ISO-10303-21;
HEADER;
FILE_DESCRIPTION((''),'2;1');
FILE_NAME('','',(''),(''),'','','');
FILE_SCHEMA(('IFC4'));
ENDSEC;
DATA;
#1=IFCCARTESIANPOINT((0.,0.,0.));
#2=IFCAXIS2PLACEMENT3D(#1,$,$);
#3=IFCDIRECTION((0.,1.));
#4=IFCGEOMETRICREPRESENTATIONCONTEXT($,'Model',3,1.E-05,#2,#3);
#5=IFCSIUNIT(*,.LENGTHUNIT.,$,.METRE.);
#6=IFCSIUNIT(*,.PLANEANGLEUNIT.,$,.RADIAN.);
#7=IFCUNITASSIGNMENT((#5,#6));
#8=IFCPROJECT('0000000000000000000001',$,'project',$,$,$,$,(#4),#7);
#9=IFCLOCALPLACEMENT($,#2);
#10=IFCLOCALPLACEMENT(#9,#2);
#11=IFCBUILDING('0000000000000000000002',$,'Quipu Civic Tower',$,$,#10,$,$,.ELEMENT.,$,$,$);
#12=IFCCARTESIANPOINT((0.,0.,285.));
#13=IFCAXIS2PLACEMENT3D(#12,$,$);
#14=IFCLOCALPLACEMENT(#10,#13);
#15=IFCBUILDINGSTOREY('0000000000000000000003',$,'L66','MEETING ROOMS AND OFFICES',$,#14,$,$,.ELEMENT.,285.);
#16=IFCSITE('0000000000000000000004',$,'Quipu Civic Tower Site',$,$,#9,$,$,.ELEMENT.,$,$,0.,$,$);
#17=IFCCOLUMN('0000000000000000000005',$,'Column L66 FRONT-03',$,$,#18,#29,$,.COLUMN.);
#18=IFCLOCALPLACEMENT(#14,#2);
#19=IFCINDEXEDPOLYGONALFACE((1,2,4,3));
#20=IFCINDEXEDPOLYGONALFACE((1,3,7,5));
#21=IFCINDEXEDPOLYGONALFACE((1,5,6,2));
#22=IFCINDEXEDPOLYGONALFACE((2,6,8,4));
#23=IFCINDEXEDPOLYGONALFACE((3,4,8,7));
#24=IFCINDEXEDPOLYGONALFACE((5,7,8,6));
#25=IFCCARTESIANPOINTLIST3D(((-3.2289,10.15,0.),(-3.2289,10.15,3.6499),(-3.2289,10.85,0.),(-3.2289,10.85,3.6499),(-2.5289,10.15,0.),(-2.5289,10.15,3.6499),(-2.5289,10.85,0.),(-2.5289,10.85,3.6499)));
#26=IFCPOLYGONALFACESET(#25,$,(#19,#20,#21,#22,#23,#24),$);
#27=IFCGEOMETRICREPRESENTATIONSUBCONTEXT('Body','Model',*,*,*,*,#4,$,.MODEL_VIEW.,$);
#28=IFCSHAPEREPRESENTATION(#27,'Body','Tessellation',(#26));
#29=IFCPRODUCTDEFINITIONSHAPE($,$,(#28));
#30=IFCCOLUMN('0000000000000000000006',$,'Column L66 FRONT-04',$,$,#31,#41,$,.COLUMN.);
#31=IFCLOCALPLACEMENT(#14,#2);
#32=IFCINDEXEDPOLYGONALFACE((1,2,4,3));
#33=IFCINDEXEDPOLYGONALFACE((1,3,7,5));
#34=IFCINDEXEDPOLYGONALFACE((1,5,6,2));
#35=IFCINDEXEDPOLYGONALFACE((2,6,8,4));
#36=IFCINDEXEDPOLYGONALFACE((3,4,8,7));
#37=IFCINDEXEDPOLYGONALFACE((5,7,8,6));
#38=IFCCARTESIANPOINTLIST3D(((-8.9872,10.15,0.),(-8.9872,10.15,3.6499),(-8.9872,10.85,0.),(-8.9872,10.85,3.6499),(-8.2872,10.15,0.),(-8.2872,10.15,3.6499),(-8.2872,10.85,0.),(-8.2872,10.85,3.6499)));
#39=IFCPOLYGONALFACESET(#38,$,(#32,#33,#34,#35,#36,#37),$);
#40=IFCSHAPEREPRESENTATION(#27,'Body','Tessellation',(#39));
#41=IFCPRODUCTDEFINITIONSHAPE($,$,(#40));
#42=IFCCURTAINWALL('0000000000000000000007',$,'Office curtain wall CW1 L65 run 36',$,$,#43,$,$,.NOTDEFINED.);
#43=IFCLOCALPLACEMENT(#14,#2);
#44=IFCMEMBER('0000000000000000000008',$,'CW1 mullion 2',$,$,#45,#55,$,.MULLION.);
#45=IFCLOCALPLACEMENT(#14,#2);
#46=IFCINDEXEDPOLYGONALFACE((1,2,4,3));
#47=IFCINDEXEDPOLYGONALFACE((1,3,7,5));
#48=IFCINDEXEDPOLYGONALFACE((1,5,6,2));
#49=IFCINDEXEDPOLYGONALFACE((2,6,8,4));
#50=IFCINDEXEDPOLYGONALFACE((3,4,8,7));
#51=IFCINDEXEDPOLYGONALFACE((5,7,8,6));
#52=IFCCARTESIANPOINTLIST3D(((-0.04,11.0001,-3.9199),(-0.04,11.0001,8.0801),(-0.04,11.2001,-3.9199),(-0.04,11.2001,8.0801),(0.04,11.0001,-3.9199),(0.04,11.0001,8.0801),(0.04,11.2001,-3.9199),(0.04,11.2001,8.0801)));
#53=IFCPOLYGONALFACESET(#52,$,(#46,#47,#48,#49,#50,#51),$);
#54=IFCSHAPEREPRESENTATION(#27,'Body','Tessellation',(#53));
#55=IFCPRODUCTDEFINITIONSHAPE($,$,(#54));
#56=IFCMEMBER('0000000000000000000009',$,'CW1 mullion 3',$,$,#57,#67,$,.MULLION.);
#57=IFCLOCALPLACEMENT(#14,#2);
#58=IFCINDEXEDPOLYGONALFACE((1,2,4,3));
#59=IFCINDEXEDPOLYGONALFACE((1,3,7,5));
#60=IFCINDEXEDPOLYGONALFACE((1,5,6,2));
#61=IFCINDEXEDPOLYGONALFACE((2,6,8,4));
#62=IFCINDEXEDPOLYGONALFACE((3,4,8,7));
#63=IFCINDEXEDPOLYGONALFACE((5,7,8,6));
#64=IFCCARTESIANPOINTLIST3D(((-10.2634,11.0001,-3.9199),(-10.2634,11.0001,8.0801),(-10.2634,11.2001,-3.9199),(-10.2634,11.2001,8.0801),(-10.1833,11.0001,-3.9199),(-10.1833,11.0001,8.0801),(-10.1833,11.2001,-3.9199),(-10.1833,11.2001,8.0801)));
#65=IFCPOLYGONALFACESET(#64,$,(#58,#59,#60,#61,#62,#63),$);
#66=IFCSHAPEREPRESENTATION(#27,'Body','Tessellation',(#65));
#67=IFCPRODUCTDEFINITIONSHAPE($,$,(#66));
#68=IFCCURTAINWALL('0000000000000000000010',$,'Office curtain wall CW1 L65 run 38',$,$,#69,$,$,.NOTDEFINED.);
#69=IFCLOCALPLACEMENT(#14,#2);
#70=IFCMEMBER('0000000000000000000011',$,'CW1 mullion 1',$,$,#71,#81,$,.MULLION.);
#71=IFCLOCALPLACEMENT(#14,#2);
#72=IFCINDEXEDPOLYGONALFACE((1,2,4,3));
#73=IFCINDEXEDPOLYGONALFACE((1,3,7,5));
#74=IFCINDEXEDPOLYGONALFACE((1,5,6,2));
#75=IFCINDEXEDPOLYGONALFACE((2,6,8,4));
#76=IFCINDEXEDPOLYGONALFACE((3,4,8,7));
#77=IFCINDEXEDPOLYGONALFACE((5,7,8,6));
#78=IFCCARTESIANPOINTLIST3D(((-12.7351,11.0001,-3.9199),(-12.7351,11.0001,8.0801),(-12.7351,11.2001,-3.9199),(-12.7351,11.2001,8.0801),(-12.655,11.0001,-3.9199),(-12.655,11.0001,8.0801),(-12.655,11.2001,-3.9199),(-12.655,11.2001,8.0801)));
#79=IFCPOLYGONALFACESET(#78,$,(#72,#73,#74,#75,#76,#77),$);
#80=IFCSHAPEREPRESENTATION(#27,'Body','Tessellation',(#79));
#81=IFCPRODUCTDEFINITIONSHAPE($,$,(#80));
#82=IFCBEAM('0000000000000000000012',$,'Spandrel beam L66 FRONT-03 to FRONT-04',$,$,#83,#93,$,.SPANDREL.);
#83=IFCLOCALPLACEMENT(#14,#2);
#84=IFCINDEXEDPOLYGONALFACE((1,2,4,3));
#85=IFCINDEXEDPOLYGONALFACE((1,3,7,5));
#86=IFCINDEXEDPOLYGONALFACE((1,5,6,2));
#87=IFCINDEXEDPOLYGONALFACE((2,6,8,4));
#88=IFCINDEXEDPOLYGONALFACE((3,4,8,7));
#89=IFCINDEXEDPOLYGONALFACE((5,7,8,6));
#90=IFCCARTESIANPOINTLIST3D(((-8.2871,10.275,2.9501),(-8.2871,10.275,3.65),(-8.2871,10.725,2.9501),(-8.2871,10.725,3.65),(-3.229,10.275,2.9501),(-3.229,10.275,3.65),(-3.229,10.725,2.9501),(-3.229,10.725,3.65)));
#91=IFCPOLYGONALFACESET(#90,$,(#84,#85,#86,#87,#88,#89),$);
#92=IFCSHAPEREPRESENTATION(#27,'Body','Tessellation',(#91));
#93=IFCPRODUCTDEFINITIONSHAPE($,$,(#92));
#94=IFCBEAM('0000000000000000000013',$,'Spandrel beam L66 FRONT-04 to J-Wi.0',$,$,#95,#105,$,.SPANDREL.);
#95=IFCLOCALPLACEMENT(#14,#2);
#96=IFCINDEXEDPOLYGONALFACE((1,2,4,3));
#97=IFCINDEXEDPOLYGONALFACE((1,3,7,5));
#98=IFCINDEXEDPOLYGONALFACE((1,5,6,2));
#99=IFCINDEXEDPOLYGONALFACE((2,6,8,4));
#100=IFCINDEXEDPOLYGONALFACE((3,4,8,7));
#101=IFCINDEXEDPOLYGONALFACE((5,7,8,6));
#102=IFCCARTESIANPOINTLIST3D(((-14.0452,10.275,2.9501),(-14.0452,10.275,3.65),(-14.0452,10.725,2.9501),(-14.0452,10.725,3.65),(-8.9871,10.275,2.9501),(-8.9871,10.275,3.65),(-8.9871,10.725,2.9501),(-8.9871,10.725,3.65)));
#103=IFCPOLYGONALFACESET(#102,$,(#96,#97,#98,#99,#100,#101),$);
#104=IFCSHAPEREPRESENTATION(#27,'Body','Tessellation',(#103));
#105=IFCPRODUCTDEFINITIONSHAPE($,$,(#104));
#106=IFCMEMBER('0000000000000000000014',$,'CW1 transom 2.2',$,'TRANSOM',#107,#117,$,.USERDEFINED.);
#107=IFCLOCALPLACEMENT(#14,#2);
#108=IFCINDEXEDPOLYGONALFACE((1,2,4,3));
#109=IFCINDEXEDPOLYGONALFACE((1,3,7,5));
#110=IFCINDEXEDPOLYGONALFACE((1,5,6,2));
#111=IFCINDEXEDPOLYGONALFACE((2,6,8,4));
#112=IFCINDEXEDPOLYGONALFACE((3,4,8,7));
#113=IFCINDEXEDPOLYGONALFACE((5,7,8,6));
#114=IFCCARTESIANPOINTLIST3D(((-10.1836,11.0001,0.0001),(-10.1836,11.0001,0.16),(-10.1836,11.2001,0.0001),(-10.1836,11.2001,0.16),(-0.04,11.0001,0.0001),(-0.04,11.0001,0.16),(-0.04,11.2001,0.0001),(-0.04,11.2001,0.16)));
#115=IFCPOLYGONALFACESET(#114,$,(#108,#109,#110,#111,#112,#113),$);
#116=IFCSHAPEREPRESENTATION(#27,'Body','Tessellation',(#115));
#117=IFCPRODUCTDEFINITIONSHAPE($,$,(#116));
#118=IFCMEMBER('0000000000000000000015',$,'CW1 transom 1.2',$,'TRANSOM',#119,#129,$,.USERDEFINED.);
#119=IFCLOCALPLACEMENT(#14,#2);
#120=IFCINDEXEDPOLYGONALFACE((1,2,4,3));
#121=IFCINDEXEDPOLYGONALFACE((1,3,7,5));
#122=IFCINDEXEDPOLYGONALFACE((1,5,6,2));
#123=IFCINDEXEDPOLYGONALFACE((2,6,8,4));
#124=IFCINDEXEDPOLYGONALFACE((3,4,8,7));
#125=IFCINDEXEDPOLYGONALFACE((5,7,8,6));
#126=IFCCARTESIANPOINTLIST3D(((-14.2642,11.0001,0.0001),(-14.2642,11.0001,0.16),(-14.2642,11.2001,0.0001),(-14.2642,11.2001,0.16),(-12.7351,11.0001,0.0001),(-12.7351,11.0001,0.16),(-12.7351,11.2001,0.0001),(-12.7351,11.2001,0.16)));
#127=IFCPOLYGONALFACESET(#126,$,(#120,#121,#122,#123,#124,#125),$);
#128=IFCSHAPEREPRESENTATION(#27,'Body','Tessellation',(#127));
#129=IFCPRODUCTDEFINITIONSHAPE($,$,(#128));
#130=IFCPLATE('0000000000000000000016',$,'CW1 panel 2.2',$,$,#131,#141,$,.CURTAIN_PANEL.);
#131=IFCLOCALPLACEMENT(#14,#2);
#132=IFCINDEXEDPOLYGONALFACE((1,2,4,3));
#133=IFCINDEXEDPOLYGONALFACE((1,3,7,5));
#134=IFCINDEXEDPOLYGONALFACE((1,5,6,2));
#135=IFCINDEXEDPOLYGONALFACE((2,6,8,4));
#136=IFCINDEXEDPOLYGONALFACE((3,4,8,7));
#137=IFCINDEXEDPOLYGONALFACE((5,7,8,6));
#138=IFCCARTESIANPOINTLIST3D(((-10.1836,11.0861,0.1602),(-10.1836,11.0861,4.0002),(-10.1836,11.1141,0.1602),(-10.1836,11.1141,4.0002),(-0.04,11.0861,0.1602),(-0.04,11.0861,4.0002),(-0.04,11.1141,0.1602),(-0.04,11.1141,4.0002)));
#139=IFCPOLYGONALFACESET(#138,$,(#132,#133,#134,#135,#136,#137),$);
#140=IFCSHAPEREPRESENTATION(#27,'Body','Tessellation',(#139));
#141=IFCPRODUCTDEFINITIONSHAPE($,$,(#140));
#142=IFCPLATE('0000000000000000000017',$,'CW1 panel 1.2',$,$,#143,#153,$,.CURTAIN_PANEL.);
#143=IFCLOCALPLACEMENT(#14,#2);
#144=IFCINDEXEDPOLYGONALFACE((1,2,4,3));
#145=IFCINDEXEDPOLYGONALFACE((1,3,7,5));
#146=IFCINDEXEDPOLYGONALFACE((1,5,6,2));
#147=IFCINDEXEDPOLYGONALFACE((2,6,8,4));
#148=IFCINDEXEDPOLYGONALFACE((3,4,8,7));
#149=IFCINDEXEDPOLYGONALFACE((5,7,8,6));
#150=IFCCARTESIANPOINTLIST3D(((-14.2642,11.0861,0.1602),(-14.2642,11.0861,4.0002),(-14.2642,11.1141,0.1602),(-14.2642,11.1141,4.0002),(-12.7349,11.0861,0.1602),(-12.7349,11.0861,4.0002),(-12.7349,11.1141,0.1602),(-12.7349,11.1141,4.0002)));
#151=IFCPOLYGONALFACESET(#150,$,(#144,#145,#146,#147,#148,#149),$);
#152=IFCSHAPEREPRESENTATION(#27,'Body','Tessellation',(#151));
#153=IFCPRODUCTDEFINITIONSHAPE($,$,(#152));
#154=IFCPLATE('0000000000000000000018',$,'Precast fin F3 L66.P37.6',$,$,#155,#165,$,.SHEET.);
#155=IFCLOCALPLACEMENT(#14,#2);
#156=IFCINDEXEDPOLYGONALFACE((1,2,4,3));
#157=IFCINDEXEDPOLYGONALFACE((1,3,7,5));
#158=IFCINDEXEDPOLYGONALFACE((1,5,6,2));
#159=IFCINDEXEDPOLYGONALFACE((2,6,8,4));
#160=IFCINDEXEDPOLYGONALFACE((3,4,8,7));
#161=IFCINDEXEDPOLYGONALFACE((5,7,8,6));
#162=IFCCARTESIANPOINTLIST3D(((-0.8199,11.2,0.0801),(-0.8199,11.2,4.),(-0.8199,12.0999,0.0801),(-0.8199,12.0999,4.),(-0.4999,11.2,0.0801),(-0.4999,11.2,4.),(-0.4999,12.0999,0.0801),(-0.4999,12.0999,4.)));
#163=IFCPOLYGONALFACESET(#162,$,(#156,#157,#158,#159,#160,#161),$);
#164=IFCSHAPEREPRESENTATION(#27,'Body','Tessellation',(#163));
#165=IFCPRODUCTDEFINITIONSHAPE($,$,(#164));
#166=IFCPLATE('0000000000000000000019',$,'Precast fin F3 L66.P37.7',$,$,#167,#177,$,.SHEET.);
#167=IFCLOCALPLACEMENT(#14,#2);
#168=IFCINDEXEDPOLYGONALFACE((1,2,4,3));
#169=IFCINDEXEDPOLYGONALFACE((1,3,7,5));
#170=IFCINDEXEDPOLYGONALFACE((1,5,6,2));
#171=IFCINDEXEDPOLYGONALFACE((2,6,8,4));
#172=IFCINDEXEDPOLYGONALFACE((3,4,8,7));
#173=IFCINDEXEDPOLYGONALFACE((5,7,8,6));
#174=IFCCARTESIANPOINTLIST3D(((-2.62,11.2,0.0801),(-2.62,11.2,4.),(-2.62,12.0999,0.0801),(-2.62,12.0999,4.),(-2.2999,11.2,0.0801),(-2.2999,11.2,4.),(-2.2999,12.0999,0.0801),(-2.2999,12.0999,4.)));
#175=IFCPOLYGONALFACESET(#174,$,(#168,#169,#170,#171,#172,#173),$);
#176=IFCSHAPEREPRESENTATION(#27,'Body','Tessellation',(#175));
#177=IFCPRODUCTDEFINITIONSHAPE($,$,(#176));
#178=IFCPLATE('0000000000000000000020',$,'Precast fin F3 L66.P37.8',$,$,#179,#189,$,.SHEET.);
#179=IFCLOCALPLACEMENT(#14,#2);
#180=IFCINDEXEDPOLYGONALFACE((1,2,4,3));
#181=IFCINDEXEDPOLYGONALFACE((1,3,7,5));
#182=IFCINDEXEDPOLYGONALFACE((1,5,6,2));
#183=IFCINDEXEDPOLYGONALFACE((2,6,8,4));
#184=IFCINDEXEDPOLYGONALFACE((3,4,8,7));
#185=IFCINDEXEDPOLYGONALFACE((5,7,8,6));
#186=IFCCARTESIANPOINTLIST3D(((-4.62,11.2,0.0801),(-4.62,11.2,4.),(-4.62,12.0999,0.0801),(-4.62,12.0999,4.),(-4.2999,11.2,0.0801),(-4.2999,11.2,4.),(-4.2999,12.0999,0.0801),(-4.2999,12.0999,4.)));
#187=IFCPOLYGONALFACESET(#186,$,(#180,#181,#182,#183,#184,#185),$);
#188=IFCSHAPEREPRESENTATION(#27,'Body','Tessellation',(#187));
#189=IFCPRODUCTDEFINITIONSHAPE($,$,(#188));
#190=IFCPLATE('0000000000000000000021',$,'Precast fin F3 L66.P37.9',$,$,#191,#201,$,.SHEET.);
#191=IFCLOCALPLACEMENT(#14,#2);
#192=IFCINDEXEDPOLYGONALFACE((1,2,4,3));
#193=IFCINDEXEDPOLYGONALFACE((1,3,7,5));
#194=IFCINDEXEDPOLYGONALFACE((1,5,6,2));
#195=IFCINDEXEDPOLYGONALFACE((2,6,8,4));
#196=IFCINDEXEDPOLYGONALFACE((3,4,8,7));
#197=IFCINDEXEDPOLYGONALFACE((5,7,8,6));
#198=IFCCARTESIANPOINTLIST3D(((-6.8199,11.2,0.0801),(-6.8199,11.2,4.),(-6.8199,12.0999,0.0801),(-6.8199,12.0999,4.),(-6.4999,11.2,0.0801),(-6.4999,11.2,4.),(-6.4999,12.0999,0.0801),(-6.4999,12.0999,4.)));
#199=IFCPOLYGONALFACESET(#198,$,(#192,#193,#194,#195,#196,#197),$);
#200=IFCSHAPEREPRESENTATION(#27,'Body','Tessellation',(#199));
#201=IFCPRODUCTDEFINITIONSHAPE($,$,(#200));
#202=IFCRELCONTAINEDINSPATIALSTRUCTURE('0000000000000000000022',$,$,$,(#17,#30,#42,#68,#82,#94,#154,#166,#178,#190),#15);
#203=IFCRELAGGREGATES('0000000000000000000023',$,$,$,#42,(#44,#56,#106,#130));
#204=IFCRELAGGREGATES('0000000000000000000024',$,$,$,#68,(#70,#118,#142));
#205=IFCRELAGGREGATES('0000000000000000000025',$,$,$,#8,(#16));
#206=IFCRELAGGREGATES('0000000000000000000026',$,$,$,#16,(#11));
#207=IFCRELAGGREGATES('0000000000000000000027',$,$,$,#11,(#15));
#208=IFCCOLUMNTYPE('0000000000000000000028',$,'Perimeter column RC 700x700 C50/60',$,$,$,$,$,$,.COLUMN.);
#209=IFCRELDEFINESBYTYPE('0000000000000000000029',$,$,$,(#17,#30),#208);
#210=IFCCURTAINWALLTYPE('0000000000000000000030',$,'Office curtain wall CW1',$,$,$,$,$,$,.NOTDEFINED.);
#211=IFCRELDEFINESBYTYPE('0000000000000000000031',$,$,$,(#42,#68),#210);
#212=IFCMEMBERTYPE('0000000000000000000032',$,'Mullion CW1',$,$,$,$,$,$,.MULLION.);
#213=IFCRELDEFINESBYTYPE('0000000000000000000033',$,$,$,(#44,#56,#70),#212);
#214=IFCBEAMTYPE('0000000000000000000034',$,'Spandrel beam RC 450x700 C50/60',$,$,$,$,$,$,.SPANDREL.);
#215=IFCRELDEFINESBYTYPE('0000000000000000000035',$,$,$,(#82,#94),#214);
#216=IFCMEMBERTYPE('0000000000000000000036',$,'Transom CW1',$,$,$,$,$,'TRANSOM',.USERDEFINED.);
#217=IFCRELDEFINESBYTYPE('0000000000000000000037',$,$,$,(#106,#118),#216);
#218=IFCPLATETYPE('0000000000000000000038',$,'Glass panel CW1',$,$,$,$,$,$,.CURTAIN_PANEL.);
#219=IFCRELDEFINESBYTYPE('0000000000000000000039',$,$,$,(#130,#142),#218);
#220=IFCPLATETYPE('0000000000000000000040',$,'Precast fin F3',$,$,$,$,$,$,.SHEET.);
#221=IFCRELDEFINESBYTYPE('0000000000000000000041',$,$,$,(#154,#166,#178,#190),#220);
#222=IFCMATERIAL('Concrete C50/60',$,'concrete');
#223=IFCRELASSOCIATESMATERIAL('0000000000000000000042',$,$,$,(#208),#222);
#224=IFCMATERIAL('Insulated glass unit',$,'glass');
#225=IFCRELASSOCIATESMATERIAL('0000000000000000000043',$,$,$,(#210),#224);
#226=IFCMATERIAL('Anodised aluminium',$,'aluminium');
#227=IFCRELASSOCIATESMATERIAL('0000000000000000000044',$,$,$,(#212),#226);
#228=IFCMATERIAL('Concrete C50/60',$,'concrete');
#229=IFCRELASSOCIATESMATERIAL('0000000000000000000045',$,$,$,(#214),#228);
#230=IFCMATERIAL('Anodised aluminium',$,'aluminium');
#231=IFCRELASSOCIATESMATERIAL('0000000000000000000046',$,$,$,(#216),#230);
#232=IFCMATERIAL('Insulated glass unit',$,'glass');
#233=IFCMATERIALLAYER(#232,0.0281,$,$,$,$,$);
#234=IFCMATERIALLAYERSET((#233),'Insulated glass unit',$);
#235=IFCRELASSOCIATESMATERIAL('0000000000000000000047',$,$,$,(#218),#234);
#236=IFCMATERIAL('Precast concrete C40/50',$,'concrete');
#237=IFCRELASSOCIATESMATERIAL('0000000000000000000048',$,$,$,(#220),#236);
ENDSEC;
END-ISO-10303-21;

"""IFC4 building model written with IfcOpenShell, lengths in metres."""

from ifc_helpers import new_model, si_unit, direction, frame, origin, origin_2d, place, context, subcontext, project, spatial, rectangle, extrude, material, layer, layer_set, material_profile, profile_set, type_object, element, aggregate, save


model = new_model("IFC4")

# Units and contexts
model_context = context("Model", 3, precision=1e-05, world=origin(), true_north=direction((0.0, 1.0)))
body_context = subcontext(model_context, "Body", "Model", "MODEL_VIEW")
ifc_project = project(units=[si_unit("LENGTHUNIT", "METRE"), si_unit("PLANEANGLEUNIT", "RADIAN")], contexts=[model_context])

# Site, building, storey
site_placement = place(None, origin())
site = spatial("IfcSite", under=ifc_project, at=site_placement, Name="Quipu Civic Tower Site", CompositionType="ELEMENT", RefElevation=0.0)
building_placement = place(site_placement, origin())
building = spatial("IfcBuilding", under=site, at=building_placement, Name="Quipu Civic Tower", CompositionType="ELEMENT")
storey_placement = place(building_placement, frame((0.0, 0.0, 285.0)))
storey = spatial("IfcBuildingStorey", under=building, at=storey_placement, Name="L66", Description="MEETING ROOMS AND OFFICES", CompositionType="ELEMENT", Elevation=285.0)

# Columns
ifc_material_1 = material(Name="Concrete C50/60", Category="concrete")
ifc_material_profile_1 = material_profile(ifc_material_1, rectangle(XDim=0.7, YDim=0.7, at=origin_2d()), Name="RC700x700")
ifc_profile_set_1 = profile_set([ifc_material_profile_1], Name="Concrete C50/60")
column_type = type_object("IfcColumnType", Name="Perimeter column RC 700x700 C50/60", PredefinedType="COLUMN", material=ifc_profile_set_1)
for number, where, z_axis, x_axis, name in (
    (1, (-2.8789, 10.5, 0.0), (0.0, 0.0, 1.0), (-1.0, 0.0, 0.0), "Column L66 FRONT-03"),
    (2, (-8.6372, 10.5, 0.0), (0.0, 0.0, 1.0), (-1.0, 0.0, 0.0), "Column L66 FRONT-04"),
):
    element("IfcColumn", number, at=place(storey_placement, frame(where, z_axis=z_axis, x_axis=x_axis)), inside=storey, type_object=column_type, Name=name, PredefinedType="COLUMN", context=body_context, shape_type="SweptSolid", body=[
        extrude(rectangle(XDim=0.7, YDim=0.7, at=origin_2d()), origin(), (0.0, 0.0, 1.0), 3.6499),
    ])

# Curtain wall, members
ifc_material_2 = material(Name="Insulated glass unit", Category="glass")
curtain_wall_type = type_object("IfcCurtainWallType", Name="Office curtain wall CW1", PredefinedType="NOTDEFINED", material=ifc_material_2)
curtain_wall_1_placement = place(storey_placement, origin())
curtain_wall_1 = element("IfcCurtainWall", 3, at=curtain_wall_1_placement, inside=storey, type_object=curtain_wall_type, Name="Office curtain wall CW1 L65 run 36", PredefinedType="NOTDEFINED")
ifc_material_3 = material(Name="Anodised aluminium", Category="aluminium")
ifc_material_profile_2 = material_profile(ifc_material_3, rectangle(XDim=0.2, YDim=0.0801, at=origin_2d()), Name="RECT 200x80")
ifc_profile_set_2 = profile_set([ifc_material_profile_2], Name="Anodised aluminium")
member_type_1 = type_object("IfcMemberType", Name="Mullion CW1", PredefinedType="MULLION", material=ifc_profile_set_2)
member_1_placement = place(storey_placement, frame((0.0, 11.1001, -3.9199), z_axis=(0.0, 0.0, 1.0), x_axis=(0.0, -1.0, 0.0)))
member_1 = element("IfcMember", 4, at=member_1_placement, type_object=member_type_1, Name="CW1 mullion 2", PredefinedType="MULLION", context=body_context, shape_type="SweptSolid", body=[
    extrude(rectangle(XDim=0.2, YDim=0.0801, at=origin_2d()), origin(), (0.0, 0.0, 1.0), 12.0),
])
member_2_placement = place(storey_placement, frame((-10.2234, 11.1001, -3.9199), z_axis=(0.0, 0.0, 1.0), x_axis=(0.0, -1.0, 0.0)))
member_2 = element("IfcMember", 5, at=member_2_placement, type_object=member_type_1, Name="CW1 mullion 3", PredefinedType="MULLION", context=body_context, shape_type="SweptSolid", body=[
    extrude(rectangle(XDim=0.2, YDim=0.0801, at=origin_2d()), origin(), (0.0, 0.0, 1.0), 12.0),
])

# Curtain wall, member
curtain_wall_2_placement = place(storey_placement, origin())
curtain_wall_2 = element("IfcCurtainWall", 6, at=curtain_wall_2_placement, inside=storey, type_object=curtain_wall_type, Name="Office curtain wall CW1 L65 run 38", PredefinedType="NOTDEFINED")
member_3_placement = place(storey_placement, frame((-12.6951, 11.1001, -3.9199), z_axis=(0.0, 0.0, 1.0), x_axis=(0.0, -1.0, 0.0)))
member_3 = element("IfcMember", 7, at=member_3_placement, type_object=member_type_1, Name="CW1 mullion 1", PredefinedType="MULLION", context=body_context, shape_type="SweptSolid", body=[
    extrude(rectangle(XDim=0.2, YDim=0.0801, at=origin_2d()), origin(), (0.0, 0.0, 1.0), 12.0),
])

# Beams
ifc_material_4 = material(Name="Concrete C50/60", Category="concrete")
ifc_material_profile_3 = material_profile(ifc_material_4, rectangle(XDim=0.45, YDim=0.7, at=origin_2d()), Name="RC450x700")
ifc_profile_set_3 = profile_set([ifc_material_profile_3], Name="Concrete C50/60")
beam_type = type_object("IfcBeamType", Name="Spandrel beam RC 450x700 C50/60", PredefinedType="SPANDREL", material=ifc_profile_set_3)
for number, where, z_axis, x_axis, name in (
    (8, (-3.229, 10.5, 3.3), (-1.0, 0.0, 0.0), (0.0, -1.0, 0.0), "Spandrel beam L66 FRONT-03 to FRONT-04"),
    (9, (-8.9871, 10.5, 3.3), (-1.0, 0.0, 0.0), (0.0, -1.0, 0.0), "Spandrel beam L66 FRONT-04 to J-Wi.0"),
):
    element("IfcBeam", number, at=place(storey_placement, frame(where, z_axis=z_axis, x_axis=x_axis)), inside=storey, type_object=beam_type, Name=name, PredefinedType="SPANDREL", context=body_context, shape_type="SweptSolid", body=[
        extrude(rectangle(XDim=0.45, YDim=0.7, at=origin_2d()), origin(), (0.0, 0.0, 1.0), 5.0581),
    ])

# Members
ifc_material_5 = material(Name="Anodised aluminium", Category="aluminium")
ifc_material_profile_4 = material_profile(ifc_material_5, rectangle(XDim=0.2, YDim=0.1599, at=origin_2d()), Name="RECT 200x160")
ifc_profile_set_4 = profile_set([ifc_material_profile_4], Name="Anodised aluminium")
member_type_2 = type_object("IfcMemberType", Name="Transom CW1", ElementType="TRANSOM", PredefinedType="USERDEFINED", material=ifc_profile_set_4)
member_4_placement = place(storey_placement, frame((-0.04, 11.1001, 0.0801), z_axis=(-1.0, 0.0, 0.0), x_axis=(0.0, -1.0, 0.0)))
member_4 = element("IfcMember", 10, at=member_4_placement, type_object=member_type_2, Name="CW1 transom 2.2", ObjectType="TRANSOM", PredefinedType="USERDEFINED", context=body_context, shape_type="SweptSolid", body=[
    extrude(rectangle(XDim=0.2, YDim=0.1599, at=origin_2d()), origin(), (0.0, 0.0, 1.0), 10.1436),
])
member_5_placement = place(storey_placement, frame((-12.7351, 11.1001, 0.0801), z_axis=(-1.0, 0.0, 0.0), x_axis=(0.0, -1.0, 0.0)))
member_5 = element("IfcMember", 11, at=member_5_placement, type_object=member_type_2, Name="CW1 transom 1.2", ObjectType="TRANSOM", PredefinedType="USERDEFINED", context=body_context, shape_type="SweptSolid", body=[
    extrude(rectangle(XDim=0.2, YDim=0.1599, at=origin_2d()), origin(), (0.0, 0.0, 1.0), 1.5291),
])

# Plates
ifc_material_6 = material(Name="Insulated glass unit", Category="glass")
ifc_layer_1 = layer(ifc_material_6, 0.0281)
ifc_layer_set_1 = layer_set([ifc_layer_1], Name="Insulated glass unit")
plate_type_1 = type_object("IfcPlateType", Name="Glass panel CW1", PredefinedType="CURTAIN_PANEL", material=ifc_layer_set_1)
plate_1_placement = place(storey_placement, frame((-5.1118, 11.1001, 0.1602), z_axis=(0.0, 0.0, 1.0), x_axis=(-1.0, 0.0, 0.0)))
plate_1 = element("IfcPlate", 12, at=plate_1_placement, type_object=plate_type_1, Name="CW1 panel 2.2", PredefinedType="CURTAIN_PANEL", context=body_context, shape_type="SweptSolid", body=[
    extrude(rectangle(XDim=10.1436, YDim=0.0281, at=origin_2d()), origin(), (0.0, 0.0, 1.0), 3.8401),
])
aggregate(curtain_wall_1, [member_1, member_2, member_4, plate_1])
plate_2_placement = place(storey_placement, frame((-13.4995, 11.1001, 0.1602), z_axis=(0.0, 0.0, 1.0), x_axis=(-1.0, 0.0, 0.0)))
plate_2 = element("IfcPlate", 13, at=plate_2_placement, type_object=plate_type_1, Name="CW1 panel 1.2", PredefinedType="CURTAIN_PANEL", context=body_context, shape_type="SweptSolid", body=[
    extrude(rectangle(XDim=1.5293, YDim=0.0281, at=origin_2d()), origin(), (0.0, 0.0, 1.0), 3.8401),
])
aggregate(curtain_wall_2, [member_3, member_5, plate_2])

# Plates
ifc_material_7 = material(Name="Precast concrete C40/50", Category="concrete")
plate_type_2 = type_object("IfcPlateType", Name="Precast fin F3", PredefinedType="SHEET", material=ifc_material_7)
for number, where, z_axis, x_axis, name in (
    (14, (-0.6599, 11.6499, 0.0801), (0.0, 0.0, 1.0), (-1.0, 0.0, 0.0), "Precast fin F3 L66.P37.6"),
    (15, (-2.46, 11.6499, 0.0801), (0.0, 0.0, 1.0), (-1.0, 0.0, 0.0), "Precast fin F3 L66.P37.7"),
    (16, (-4.46, 11.6499, 0.0801), (0.0, 0.0, 1.0), (-1.0, 0.0, 0.0), "Precast fin F3 L66.P37.8"),
    (17, (-6.6599, 11.6499, 0.0801), (0.0, 0.0, 1.0), (-1.0, 0.0, 0.0), "Precast fin F3 L66.P37.9"),
):
    element("IfcPlate", number, at=place(storey_placement, frame(where, z_axis=z_axis, x_axis=x_axis)), inside=storey, type_object=plate_type_2, Name=name, PredefinedType="SHEET", context=body_context, shape_type="SweptSolid", body=[
        extrude(rectangle(XDim=0.3201, YDim=0.8999, at=origin_2d()), origin(), (0.0, 0.0, 1.0), 3.9199),
    ])

save(model, "model.ifc")
